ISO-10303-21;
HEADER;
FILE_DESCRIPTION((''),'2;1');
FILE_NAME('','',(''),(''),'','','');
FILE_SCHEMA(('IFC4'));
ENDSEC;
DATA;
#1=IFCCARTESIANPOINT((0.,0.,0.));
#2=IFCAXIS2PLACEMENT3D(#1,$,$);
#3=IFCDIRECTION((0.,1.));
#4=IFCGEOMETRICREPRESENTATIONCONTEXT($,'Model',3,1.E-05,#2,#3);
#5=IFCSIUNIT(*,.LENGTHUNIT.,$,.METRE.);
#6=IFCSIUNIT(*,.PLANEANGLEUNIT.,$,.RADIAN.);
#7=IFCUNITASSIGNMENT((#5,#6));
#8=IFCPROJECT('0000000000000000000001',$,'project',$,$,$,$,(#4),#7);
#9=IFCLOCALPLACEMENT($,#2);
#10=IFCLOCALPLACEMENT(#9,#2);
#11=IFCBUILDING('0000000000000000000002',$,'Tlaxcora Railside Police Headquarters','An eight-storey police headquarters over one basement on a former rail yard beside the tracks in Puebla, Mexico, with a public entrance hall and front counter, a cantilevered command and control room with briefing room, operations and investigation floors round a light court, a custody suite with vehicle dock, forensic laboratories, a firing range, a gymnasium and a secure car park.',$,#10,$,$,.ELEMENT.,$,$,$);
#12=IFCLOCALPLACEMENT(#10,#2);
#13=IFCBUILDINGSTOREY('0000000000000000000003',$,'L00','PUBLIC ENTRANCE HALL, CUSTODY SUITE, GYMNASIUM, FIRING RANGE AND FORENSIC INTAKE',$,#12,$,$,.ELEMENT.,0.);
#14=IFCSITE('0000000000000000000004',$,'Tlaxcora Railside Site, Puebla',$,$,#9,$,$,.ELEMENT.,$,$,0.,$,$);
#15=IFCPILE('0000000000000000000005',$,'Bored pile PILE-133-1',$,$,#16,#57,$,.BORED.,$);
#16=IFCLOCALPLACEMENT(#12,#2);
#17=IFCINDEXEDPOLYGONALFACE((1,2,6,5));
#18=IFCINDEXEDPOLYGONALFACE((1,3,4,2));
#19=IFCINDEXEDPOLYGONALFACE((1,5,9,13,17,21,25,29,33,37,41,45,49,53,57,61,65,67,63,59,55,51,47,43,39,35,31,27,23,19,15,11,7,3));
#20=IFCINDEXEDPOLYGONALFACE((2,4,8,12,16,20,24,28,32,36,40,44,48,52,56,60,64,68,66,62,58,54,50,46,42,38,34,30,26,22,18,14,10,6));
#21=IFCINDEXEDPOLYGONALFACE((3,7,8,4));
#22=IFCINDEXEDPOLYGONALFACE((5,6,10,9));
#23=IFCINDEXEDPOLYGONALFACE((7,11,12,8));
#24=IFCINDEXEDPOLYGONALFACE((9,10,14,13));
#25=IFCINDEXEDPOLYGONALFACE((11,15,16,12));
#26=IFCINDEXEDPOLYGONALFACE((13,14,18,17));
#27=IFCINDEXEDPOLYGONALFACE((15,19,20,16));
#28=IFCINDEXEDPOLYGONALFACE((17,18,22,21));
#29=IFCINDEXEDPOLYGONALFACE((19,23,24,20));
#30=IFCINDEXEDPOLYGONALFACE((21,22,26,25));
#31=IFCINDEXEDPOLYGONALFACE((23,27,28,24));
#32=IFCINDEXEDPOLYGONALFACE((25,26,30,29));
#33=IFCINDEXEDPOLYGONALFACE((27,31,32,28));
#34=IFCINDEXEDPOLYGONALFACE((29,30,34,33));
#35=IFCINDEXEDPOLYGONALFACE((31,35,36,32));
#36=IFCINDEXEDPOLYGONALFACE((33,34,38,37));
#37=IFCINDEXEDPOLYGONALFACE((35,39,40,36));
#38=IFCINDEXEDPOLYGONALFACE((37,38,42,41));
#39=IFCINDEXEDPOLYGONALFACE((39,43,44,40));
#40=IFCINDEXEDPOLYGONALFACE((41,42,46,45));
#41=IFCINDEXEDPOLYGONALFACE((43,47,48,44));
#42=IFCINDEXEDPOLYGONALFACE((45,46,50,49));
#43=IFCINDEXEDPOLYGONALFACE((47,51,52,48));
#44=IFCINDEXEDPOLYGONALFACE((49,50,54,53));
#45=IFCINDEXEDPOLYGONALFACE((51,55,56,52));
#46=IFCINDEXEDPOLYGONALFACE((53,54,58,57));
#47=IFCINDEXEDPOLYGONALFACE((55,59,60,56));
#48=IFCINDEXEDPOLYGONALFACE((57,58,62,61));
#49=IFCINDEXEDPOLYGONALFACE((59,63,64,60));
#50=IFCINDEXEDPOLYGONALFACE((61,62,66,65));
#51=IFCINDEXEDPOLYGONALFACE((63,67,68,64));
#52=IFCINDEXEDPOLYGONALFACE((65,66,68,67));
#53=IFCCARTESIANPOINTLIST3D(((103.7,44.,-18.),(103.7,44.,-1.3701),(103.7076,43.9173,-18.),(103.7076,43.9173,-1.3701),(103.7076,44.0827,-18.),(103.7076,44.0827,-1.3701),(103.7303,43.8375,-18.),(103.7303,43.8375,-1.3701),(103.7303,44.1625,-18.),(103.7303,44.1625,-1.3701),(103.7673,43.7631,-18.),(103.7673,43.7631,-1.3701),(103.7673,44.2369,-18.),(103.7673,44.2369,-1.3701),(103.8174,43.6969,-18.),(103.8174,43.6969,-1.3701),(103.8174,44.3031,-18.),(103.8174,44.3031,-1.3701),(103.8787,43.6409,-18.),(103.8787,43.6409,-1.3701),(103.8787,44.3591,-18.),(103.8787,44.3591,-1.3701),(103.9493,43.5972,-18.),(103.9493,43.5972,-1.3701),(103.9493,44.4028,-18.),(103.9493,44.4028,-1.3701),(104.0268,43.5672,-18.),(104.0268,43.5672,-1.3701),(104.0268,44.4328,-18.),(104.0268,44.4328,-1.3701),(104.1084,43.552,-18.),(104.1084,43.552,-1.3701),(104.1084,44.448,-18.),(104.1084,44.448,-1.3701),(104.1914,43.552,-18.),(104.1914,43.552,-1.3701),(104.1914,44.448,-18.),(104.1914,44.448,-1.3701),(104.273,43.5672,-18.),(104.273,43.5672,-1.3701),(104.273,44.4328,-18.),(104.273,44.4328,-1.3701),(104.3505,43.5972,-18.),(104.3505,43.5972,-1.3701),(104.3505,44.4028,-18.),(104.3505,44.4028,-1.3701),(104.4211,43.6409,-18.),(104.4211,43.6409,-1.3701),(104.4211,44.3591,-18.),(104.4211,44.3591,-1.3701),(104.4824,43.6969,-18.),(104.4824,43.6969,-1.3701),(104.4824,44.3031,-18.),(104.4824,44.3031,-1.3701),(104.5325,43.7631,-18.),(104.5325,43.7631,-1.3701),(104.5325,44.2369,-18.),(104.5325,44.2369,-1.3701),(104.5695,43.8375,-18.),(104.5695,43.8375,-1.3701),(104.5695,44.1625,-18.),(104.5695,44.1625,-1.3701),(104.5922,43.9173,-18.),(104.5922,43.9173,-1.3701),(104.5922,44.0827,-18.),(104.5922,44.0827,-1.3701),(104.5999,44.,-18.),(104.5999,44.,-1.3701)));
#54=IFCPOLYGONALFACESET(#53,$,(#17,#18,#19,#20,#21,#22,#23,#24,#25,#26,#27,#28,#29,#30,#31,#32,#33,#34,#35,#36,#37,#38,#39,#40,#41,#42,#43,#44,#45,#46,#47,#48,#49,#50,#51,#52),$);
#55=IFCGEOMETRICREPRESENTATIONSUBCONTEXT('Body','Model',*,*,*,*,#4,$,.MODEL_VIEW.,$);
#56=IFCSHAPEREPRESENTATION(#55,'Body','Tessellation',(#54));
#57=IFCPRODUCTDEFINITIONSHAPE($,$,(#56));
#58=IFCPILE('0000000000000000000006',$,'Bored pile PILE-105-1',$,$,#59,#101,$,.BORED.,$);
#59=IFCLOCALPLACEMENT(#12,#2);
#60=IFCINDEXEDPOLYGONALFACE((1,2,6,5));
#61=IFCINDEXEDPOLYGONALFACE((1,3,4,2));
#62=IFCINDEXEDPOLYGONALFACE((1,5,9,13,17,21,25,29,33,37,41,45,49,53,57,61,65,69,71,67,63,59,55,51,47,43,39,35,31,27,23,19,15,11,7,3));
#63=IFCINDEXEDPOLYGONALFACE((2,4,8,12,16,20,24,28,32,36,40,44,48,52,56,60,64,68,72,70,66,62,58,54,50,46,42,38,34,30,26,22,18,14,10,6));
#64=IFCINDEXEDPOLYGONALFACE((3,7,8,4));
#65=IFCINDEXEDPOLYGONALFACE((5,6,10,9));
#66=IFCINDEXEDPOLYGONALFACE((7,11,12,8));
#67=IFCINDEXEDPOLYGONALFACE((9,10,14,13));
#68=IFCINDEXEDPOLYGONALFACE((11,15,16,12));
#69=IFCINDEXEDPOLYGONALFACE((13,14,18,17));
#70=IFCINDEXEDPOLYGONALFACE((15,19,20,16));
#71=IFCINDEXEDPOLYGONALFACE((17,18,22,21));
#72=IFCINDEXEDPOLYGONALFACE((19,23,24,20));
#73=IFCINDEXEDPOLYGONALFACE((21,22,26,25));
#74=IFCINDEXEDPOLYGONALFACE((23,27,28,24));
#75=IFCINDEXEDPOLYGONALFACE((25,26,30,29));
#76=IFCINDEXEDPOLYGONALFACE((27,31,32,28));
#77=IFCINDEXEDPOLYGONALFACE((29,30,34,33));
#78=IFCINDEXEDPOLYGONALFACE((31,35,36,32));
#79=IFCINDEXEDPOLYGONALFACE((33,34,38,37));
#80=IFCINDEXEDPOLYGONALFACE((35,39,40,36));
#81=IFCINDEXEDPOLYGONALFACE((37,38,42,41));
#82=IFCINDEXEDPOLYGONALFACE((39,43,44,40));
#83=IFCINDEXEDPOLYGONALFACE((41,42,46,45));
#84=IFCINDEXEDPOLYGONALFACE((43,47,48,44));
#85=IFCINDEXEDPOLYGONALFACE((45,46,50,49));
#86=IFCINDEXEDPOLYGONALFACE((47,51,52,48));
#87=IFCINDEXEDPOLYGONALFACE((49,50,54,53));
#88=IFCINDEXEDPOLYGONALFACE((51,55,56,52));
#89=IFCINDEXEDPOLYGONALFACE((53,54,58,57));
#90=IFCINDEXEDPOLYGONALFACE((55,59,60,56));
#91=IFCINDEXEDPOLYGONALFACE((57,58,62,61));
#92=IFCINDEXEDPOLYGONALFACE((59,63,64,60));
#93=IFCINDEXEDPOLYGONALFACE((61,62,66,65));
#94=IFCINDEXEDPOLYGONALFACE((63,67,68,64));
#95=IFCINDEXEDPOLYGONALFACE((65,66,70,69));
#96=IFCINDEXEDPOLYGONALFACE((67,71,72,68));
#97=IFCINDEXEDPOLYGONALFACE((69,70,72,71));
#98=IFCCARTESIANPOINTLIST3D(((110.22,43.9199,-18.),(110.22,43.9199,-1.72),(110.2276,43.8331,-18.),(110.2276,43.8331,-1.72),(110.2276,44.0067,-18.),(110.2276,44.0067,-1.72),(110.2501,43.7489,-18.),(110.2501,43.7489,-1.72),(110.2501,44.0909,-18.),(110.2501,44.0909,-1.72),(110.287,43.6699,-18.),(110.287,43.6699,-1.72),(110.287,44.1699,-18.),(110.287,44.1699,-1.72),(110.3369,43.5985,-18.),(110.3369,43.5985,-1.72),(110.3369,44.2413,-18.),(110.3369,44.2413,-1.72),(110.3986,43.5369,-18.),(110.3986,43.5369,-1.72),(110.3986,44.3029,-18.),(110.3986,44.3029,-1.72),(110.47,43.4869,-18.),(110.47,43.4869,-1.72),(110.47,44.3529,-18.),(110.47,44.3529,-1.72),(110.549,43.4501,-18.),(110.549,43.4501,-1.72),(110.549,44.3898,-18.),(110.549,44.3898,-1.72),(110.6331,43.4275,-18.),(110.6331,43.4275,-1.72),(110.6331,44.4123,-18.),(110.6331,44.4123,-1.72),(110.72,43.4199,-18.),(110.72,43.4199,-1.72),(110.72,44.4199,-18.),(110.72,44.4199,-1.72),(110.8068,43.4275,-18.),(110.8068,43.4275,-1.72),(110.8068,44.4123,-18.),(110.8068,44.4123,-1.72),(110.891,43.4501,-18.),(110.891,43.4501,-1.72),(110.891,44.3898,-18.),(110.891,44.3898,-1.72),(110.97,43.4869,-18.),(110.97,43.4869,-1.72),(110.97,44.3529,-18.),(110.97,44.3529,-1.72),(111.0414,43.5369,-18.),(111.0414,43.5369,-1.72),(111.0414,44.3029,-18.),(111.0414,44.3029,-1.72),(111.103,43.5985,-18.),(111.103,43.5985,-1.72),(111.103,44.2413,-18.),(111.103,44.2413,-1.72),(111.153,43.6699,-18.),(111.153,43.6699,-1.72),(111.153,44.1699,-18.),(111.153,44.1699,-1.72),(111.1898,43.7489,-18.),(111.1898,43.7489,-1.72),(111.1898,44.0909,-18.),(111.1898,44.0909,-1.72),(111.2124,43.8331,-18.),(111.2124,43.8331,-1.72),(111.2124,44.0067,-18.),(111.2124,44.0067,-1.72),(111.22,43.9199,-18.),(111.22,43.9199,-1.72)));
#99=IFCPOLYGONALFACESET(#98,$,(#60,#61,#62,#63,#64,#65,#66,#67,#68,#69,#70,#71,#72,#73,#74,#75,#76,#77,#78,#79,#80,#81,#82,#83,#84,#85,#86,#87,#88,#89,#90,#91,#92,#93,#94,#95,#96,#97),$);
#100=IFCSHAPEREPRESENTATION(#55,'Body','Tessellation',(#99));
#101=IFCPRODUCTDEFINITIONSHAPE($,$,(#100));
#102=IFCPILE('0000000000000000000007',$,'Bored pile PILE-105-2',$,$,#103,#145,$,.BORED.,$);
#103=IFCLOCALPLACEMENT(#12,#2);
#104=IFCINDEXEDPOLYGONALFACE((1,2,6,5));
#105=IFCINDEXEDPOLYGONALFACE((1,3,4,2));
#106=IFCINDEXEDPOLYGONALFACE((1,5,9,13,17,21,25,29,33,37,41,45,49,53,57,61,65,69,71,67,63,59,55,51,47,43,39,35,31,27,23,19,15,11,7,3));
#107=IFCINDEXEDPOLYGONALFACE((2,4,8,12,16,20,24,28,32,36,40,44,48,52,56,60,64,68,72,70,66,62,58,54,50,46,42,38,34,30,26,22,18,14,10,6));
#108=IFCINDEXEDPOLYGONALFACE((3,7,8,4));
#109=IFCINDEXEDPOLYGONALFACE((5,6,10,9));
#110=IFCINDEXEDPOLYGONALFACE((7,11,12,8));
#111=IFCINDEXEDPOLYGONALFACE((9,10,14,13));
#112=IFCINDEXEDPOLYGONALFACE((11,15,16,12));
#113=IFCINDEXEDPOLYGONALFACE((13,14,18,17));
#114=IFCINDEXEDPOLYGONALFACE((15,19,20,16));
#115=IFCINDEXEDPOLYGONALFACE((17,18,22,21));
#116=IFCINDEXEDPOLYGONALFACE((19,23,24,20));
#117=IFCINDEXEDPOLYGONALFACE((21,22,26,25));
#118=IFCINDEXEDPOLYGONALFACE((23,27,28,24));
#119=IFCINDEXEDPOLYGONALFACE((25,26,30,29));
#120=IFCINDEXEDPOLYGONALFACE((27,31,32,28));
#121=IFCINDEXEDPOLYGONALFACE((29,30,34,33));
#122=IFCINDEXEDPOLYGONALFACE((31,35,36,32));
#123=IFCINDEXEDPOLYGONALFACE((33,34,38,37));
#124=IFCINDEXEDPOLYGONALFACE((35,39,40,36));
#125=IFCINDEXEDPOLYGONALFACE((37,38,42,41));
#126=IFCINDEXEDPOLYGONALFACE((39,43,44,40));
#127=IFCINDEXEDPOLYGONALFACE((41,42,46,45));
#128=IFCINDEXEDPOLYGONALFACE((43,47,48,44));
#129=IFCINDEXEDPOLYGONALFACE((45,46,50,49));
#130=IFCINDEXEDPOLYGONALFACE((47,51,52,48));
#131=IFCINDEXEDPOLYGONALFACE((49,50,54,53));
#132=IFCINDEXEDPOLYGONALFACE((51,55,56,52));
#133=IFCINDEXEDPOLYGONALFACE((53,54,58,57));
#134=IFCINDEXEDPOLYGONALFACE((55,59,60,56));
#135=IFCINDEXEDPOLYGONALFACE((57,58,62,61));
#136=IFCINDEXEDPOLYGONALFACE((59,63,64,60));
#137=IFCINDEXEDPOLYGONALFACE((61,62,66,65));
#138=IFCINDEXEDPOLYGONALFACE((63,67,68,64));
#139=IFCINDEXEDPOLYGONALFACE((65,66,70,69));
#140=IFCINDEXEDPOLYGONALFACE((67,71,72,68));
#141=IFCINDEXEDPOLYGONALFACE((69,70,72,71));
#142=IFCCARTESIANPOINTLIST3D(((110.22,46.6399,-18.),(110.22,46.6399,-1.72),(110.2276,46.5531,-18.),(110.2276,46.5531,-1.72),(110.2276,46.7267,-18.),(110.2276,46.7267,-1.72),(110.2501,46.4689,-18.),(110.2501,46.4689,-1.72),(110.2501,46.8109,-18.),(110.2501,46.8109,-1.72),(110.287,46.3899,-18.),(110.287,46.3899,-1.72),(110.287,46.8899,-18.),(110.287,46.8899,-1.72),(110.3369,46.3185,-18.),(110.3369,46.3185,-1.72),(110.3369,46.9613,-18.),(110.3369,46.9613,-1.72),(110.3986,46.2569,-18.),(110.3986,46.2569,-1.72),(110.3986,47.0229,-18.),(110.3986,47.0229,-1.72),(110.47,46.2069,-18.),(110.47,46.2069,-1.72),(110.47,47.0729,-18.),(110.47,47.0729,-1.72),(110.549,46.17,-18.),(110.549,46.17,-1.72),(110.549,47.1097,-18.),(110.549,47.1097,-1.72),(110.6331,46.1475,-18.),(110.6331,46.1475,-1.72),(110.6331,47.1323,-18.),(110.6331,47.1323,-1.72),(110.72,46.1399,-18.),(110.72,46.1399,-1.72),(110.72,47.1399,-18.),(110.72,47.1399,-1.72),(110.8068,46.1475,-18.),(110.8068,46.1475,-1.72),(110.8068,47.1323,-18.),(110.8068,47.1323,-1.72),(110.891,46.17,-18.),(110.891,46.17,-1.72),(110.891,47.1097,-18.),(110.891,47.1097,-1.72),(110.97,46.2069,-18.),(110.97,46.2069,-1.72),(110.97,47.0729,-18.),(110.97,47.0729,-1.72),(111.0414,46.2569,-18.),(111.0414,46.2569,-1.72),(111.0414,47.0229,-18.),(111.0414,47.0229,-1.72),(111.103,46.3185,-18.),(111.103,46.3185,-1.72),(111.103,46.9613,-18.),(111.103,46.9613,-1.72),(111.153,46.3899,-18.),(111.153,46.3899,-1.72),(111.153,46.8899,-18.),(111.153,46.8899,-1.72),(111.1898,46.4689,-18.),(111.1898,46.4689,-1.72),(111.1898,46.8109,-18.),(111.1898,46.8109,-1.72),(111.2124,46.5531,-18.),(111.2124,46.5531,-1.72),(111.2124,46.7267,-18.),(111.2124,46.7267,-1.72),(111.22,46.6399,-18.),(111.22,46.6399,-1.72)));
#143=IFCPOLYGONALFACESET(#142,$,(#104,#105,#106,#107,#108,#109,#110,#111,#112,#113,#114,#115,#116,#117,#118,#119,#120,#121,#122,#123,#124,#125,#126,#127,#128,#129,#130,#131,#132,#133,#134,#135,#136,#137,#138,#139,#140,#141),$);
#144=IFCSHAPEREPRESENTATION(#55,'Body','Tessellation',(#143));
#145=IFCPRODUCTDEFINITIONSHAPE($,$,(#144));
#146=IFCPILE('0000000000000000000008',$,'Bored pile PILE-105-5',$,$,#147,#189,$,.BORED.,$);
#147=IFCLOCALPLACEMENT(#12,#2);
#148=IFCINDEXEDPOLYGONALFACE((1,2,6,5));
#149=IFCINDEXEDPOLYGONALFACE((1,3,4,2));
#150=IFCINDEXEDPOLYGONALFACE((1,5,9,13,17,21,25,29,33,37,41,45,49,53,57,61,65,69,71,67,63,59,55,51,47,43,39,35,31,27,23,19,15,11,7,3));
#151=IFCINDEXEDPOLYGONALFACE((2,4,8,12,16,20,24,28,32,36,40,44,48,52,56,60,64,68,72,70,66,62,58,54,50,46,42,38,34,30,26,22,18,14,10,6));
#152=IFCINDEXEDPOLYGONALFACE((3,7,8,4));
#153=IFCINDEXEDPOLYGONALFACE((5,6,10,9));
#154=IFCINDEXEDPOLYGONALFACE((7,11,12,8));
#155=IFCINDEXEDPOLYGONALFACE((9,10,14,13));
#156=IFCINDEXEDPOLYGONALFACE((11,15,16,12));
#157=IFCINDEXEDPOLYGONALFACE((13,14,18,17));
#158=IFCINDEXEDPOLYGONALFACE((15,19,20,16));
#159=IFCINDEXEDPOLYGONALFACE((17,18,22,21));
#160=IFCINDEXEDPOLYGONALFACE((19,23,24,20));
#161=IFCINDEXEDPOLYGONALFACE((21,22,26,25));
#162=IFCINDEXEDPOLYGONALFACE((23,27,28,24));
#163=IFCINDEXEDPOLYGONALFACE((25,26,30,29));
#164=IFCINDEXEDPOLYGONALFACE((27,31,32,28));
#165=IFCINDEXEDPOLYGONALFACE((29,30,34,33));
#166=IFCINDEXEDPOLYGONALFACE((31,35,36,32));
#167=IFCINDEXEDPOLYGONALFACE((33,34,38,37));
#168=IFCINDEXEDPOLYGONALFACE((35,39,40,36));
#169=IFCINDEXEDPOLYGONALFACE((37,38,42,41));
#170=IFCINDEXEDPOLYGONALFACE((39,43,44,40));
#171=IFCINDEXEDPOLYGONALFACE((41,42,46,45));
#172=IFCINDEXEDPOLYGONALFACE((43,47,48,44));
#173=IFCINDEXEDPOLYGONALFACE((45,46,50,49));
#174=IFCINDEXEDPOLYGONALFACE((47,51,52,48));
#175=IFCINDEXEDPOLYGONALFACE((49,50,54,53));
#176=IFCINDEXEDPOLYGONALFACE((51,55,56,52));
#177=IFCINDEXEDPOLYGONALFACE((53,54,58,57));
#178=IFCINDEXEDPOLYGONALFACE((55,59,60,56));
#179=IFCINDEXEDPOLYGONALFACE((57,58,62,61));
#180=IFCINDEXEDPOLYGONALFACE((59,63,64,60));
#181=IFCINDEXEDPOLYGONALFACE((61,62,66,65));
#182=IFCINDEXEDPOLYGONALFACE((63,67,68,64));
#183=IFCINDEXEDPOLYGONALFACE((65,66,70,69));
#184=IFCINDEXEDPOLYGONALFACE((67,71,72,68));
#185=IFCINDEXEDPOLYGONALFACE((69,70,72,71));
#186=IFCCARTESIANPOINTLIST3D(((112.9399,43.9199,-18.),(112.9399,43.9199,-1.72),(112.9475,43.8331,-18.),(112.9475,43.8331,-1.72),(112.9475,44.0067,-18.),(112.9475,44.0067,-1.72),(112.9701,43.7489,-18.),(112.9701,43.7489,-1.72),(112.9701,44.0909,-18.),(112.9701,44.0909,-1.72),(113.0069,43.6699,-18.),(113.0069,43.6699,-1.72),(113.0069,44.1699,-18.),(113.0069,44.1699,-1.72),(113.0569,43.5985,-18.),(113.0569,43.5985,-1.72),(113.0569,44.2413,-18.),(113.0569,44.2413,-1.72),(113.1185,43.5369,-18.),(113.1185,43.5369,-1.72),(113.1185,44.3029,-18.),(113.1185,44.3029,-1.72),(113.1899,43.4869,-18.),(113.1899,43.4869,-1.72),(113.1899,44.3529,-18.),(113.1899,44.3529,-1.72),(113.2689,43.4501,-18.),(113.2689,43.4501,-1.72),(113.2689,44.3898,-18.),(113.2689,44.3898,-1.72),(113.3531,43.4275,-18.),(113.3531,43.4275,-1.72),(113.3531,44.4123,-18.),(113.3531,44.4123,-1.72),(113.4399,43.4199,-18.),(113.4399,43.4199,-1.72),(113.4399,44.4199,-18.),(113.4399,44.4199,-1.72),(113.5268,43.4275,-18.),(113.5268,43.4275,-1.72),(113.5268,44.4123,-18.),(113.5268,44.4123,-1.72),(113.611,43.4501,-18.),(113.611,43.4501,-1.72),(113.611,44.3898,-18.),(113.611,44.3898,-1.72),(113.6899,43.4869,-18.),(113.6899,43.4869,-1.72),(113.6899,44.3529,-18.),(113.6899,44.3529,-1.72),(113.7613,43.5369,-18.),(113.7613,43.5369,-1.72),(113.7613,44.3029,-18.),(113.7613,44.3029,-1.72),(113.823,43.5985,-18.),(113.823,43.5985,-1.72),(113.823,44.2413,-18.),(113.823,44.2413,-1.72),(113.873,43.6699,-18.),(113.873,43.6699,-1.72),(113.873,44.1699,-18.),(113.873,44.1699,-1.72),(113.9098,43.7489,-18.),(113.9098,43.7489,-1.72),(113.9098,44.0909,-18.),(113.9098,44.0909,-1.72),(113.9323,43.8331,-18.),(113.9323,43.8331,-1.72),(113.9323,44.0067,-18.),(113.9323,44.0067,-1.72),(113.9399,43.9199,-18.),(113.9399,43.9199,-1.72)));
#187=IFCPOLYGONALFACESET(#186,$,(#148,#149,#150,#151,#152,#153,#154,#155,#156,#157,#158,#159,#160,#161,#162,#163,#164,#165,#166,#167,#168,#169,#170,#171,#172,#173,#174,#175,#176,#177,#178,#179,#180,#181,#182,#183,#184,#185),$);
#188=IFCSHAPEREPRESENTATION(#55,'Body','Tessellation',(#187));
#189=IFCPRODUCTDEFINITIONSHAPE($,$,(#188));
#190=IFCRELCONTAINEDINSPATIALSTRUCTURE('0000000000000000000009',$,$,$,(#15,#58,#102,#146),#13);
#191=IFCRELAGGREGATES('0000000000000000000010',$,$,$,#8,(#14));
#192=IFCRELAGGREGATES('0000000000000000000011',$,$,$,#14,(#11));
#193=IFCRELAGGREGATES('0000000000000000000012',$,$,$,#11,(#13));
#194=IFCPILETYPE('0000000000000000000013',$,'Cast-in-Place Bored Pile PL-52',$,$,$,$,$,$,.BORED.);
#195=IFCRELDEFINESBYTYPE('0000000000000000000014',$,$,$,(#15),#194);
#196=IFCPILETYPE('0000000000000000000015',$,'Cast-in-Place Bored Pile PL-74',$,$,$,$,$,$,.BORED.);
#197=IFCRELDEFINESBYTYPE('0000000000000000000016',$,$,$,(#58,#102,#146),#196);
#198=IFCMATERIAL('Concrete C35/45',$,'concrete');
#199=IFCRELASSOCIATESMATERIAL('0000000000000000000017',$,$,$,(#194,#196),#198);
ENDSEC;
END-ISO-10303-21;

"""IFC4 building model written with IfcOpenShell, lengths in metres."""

from ifc_helpers import new_model, si_unit, direction, frame, origin, origin_2d, place, context, subcontext, project, spatial, circle, extrude, material, material_profile, profile_set, type_object, element, save


model = new_model("IFC4")

# Units and contexts
model_context = context("Model", 3, precision=1e-05, world=origin(), true_north=direction((0.0, 1.0)))
body_context = subcontext(model_context, "Body", "Model", "MODEL_VIEW")
ifc_project = project(units=[si_unit("LENGTHUNIT", "METRE"), si_unit("PLANEANGLEUNIT", "RADIAN")], contexts=[model_context])

# Site, building, storey
site_placement = place(None, origin())
site = spatial("IfcSite", under=ifc_project, at=site_placement, Name="Tlaxcora Railside Site, Puebla", CompositionType="ELEMENT", RefElevation=0.0)
building_placement = place(site_placement, origin())
building = spatial("IfcBuilding", under=site, at=building_placement, Name="Tlaxcora Railside Police Headquarters", Description="An eight-storey police headquarters over one basement on a former rail yard beside the tracks in Puebla, Mexico, with a public entrance hall and front counter, a cantilevered command and control room with briefing room, operations and investigation floors round a light court, a custody suite with vehicle dock, forensic laboratories, a firing range, a gymnasium and a secure car park.", CompositionType="ELEMENT")
storey_placement = place(building_placement, origin())
storey = spatial("IfcBuildingStorey", under=building, at=storey_placement, Name="L00", Description="PUBLIC ENTRANCE HALL, CUSTODY SUITE, GYMNASIUM, FIRING RANGE AND FORENSIC INTAKE", CompositionType="ELEMENT", Elevation=0.0)

# Piles
ifc_material_1 = material(Name="Concrete C35/45", Category="concrete")
ifc_material_profile_1 = material_profile(ifc_material_1, circle(Radius=0.45, at=origin_2d()), Name="PILE900")
ifc_profile_set_1 = profile_set([ifc_material_profile_1], Name="Concrete C35/45")
pile_type_1 = type_object("IfcPileType", Name="Cast-in-Place Bored Pile PL-52", PredefinedType="BORED", material=ifc_profile_set_1)
pile_placement = place(storey_placement, frame((104.1499, 44.0, -1.3701), z_axis=(0.0, 0.0, -1.0), x_axis=(1.0, 0.0, 0.0)))
element("IfcPile", 1, at=pile_placement, inside=storey, type_object=pile_type_1, Name="Bored pile PILE-133-1", PredefinedType="BORED", context=body_context, shape_type="SweptSolid", body=[
    extrude(circle(Radius=0.45, at=origin_2d()), origin(), (0.0, 0.0, 1.0), 16.6299),
])
ifc_material_profile_2 = material_profile(ifc_material_1, circle(Radius=0.5, at=origin_2d()), Name="PILE1000")
ifc_profile_set_2 = profile_set([ifc_material_profile_2], Name="Concrete C35/45")
pile_type_2 = type_object("IfcPileType", Name="Cast-in-Place Bored Pile PL-74", PredefinedType="BORED", material=ifc_profile_set_2)
for number, where, z_axis, x_axis, name in (
    (2, (110.72, 43.9199, -1.72), (0.0, 0.0, -1.0), (1.0, 0.0, 0.0), "Bored pile PILE-105-1"),
    (3, (110.72, 46.6399, -1.72), (0.0, 0.0, -1.0), (1.0, 0.0, 0.0), "Bored pile PILE-105-2"),
    (4, (113.4399, 43.9199, -1.72), (0.0, 0.0, -1.0), (1.0, 0.0, 0.0), "Bored pile PILE-105-5"),
):
    element("IfcPile", number, at=place(storey_placement, frame(where, z_axis=z_axis, x_axis=x_axis)), inside=storey, type_object=pile_type_2, Name=name, PredefinedType="BORED", context=body_context, shape_type="SweptSolid", body=[
        extrude(circle(Radius=0.5, at=origin_2d()), origin(), (0.0, 0.0, 1.0), 16.28),
    ])

save(model, "model.ifc")
